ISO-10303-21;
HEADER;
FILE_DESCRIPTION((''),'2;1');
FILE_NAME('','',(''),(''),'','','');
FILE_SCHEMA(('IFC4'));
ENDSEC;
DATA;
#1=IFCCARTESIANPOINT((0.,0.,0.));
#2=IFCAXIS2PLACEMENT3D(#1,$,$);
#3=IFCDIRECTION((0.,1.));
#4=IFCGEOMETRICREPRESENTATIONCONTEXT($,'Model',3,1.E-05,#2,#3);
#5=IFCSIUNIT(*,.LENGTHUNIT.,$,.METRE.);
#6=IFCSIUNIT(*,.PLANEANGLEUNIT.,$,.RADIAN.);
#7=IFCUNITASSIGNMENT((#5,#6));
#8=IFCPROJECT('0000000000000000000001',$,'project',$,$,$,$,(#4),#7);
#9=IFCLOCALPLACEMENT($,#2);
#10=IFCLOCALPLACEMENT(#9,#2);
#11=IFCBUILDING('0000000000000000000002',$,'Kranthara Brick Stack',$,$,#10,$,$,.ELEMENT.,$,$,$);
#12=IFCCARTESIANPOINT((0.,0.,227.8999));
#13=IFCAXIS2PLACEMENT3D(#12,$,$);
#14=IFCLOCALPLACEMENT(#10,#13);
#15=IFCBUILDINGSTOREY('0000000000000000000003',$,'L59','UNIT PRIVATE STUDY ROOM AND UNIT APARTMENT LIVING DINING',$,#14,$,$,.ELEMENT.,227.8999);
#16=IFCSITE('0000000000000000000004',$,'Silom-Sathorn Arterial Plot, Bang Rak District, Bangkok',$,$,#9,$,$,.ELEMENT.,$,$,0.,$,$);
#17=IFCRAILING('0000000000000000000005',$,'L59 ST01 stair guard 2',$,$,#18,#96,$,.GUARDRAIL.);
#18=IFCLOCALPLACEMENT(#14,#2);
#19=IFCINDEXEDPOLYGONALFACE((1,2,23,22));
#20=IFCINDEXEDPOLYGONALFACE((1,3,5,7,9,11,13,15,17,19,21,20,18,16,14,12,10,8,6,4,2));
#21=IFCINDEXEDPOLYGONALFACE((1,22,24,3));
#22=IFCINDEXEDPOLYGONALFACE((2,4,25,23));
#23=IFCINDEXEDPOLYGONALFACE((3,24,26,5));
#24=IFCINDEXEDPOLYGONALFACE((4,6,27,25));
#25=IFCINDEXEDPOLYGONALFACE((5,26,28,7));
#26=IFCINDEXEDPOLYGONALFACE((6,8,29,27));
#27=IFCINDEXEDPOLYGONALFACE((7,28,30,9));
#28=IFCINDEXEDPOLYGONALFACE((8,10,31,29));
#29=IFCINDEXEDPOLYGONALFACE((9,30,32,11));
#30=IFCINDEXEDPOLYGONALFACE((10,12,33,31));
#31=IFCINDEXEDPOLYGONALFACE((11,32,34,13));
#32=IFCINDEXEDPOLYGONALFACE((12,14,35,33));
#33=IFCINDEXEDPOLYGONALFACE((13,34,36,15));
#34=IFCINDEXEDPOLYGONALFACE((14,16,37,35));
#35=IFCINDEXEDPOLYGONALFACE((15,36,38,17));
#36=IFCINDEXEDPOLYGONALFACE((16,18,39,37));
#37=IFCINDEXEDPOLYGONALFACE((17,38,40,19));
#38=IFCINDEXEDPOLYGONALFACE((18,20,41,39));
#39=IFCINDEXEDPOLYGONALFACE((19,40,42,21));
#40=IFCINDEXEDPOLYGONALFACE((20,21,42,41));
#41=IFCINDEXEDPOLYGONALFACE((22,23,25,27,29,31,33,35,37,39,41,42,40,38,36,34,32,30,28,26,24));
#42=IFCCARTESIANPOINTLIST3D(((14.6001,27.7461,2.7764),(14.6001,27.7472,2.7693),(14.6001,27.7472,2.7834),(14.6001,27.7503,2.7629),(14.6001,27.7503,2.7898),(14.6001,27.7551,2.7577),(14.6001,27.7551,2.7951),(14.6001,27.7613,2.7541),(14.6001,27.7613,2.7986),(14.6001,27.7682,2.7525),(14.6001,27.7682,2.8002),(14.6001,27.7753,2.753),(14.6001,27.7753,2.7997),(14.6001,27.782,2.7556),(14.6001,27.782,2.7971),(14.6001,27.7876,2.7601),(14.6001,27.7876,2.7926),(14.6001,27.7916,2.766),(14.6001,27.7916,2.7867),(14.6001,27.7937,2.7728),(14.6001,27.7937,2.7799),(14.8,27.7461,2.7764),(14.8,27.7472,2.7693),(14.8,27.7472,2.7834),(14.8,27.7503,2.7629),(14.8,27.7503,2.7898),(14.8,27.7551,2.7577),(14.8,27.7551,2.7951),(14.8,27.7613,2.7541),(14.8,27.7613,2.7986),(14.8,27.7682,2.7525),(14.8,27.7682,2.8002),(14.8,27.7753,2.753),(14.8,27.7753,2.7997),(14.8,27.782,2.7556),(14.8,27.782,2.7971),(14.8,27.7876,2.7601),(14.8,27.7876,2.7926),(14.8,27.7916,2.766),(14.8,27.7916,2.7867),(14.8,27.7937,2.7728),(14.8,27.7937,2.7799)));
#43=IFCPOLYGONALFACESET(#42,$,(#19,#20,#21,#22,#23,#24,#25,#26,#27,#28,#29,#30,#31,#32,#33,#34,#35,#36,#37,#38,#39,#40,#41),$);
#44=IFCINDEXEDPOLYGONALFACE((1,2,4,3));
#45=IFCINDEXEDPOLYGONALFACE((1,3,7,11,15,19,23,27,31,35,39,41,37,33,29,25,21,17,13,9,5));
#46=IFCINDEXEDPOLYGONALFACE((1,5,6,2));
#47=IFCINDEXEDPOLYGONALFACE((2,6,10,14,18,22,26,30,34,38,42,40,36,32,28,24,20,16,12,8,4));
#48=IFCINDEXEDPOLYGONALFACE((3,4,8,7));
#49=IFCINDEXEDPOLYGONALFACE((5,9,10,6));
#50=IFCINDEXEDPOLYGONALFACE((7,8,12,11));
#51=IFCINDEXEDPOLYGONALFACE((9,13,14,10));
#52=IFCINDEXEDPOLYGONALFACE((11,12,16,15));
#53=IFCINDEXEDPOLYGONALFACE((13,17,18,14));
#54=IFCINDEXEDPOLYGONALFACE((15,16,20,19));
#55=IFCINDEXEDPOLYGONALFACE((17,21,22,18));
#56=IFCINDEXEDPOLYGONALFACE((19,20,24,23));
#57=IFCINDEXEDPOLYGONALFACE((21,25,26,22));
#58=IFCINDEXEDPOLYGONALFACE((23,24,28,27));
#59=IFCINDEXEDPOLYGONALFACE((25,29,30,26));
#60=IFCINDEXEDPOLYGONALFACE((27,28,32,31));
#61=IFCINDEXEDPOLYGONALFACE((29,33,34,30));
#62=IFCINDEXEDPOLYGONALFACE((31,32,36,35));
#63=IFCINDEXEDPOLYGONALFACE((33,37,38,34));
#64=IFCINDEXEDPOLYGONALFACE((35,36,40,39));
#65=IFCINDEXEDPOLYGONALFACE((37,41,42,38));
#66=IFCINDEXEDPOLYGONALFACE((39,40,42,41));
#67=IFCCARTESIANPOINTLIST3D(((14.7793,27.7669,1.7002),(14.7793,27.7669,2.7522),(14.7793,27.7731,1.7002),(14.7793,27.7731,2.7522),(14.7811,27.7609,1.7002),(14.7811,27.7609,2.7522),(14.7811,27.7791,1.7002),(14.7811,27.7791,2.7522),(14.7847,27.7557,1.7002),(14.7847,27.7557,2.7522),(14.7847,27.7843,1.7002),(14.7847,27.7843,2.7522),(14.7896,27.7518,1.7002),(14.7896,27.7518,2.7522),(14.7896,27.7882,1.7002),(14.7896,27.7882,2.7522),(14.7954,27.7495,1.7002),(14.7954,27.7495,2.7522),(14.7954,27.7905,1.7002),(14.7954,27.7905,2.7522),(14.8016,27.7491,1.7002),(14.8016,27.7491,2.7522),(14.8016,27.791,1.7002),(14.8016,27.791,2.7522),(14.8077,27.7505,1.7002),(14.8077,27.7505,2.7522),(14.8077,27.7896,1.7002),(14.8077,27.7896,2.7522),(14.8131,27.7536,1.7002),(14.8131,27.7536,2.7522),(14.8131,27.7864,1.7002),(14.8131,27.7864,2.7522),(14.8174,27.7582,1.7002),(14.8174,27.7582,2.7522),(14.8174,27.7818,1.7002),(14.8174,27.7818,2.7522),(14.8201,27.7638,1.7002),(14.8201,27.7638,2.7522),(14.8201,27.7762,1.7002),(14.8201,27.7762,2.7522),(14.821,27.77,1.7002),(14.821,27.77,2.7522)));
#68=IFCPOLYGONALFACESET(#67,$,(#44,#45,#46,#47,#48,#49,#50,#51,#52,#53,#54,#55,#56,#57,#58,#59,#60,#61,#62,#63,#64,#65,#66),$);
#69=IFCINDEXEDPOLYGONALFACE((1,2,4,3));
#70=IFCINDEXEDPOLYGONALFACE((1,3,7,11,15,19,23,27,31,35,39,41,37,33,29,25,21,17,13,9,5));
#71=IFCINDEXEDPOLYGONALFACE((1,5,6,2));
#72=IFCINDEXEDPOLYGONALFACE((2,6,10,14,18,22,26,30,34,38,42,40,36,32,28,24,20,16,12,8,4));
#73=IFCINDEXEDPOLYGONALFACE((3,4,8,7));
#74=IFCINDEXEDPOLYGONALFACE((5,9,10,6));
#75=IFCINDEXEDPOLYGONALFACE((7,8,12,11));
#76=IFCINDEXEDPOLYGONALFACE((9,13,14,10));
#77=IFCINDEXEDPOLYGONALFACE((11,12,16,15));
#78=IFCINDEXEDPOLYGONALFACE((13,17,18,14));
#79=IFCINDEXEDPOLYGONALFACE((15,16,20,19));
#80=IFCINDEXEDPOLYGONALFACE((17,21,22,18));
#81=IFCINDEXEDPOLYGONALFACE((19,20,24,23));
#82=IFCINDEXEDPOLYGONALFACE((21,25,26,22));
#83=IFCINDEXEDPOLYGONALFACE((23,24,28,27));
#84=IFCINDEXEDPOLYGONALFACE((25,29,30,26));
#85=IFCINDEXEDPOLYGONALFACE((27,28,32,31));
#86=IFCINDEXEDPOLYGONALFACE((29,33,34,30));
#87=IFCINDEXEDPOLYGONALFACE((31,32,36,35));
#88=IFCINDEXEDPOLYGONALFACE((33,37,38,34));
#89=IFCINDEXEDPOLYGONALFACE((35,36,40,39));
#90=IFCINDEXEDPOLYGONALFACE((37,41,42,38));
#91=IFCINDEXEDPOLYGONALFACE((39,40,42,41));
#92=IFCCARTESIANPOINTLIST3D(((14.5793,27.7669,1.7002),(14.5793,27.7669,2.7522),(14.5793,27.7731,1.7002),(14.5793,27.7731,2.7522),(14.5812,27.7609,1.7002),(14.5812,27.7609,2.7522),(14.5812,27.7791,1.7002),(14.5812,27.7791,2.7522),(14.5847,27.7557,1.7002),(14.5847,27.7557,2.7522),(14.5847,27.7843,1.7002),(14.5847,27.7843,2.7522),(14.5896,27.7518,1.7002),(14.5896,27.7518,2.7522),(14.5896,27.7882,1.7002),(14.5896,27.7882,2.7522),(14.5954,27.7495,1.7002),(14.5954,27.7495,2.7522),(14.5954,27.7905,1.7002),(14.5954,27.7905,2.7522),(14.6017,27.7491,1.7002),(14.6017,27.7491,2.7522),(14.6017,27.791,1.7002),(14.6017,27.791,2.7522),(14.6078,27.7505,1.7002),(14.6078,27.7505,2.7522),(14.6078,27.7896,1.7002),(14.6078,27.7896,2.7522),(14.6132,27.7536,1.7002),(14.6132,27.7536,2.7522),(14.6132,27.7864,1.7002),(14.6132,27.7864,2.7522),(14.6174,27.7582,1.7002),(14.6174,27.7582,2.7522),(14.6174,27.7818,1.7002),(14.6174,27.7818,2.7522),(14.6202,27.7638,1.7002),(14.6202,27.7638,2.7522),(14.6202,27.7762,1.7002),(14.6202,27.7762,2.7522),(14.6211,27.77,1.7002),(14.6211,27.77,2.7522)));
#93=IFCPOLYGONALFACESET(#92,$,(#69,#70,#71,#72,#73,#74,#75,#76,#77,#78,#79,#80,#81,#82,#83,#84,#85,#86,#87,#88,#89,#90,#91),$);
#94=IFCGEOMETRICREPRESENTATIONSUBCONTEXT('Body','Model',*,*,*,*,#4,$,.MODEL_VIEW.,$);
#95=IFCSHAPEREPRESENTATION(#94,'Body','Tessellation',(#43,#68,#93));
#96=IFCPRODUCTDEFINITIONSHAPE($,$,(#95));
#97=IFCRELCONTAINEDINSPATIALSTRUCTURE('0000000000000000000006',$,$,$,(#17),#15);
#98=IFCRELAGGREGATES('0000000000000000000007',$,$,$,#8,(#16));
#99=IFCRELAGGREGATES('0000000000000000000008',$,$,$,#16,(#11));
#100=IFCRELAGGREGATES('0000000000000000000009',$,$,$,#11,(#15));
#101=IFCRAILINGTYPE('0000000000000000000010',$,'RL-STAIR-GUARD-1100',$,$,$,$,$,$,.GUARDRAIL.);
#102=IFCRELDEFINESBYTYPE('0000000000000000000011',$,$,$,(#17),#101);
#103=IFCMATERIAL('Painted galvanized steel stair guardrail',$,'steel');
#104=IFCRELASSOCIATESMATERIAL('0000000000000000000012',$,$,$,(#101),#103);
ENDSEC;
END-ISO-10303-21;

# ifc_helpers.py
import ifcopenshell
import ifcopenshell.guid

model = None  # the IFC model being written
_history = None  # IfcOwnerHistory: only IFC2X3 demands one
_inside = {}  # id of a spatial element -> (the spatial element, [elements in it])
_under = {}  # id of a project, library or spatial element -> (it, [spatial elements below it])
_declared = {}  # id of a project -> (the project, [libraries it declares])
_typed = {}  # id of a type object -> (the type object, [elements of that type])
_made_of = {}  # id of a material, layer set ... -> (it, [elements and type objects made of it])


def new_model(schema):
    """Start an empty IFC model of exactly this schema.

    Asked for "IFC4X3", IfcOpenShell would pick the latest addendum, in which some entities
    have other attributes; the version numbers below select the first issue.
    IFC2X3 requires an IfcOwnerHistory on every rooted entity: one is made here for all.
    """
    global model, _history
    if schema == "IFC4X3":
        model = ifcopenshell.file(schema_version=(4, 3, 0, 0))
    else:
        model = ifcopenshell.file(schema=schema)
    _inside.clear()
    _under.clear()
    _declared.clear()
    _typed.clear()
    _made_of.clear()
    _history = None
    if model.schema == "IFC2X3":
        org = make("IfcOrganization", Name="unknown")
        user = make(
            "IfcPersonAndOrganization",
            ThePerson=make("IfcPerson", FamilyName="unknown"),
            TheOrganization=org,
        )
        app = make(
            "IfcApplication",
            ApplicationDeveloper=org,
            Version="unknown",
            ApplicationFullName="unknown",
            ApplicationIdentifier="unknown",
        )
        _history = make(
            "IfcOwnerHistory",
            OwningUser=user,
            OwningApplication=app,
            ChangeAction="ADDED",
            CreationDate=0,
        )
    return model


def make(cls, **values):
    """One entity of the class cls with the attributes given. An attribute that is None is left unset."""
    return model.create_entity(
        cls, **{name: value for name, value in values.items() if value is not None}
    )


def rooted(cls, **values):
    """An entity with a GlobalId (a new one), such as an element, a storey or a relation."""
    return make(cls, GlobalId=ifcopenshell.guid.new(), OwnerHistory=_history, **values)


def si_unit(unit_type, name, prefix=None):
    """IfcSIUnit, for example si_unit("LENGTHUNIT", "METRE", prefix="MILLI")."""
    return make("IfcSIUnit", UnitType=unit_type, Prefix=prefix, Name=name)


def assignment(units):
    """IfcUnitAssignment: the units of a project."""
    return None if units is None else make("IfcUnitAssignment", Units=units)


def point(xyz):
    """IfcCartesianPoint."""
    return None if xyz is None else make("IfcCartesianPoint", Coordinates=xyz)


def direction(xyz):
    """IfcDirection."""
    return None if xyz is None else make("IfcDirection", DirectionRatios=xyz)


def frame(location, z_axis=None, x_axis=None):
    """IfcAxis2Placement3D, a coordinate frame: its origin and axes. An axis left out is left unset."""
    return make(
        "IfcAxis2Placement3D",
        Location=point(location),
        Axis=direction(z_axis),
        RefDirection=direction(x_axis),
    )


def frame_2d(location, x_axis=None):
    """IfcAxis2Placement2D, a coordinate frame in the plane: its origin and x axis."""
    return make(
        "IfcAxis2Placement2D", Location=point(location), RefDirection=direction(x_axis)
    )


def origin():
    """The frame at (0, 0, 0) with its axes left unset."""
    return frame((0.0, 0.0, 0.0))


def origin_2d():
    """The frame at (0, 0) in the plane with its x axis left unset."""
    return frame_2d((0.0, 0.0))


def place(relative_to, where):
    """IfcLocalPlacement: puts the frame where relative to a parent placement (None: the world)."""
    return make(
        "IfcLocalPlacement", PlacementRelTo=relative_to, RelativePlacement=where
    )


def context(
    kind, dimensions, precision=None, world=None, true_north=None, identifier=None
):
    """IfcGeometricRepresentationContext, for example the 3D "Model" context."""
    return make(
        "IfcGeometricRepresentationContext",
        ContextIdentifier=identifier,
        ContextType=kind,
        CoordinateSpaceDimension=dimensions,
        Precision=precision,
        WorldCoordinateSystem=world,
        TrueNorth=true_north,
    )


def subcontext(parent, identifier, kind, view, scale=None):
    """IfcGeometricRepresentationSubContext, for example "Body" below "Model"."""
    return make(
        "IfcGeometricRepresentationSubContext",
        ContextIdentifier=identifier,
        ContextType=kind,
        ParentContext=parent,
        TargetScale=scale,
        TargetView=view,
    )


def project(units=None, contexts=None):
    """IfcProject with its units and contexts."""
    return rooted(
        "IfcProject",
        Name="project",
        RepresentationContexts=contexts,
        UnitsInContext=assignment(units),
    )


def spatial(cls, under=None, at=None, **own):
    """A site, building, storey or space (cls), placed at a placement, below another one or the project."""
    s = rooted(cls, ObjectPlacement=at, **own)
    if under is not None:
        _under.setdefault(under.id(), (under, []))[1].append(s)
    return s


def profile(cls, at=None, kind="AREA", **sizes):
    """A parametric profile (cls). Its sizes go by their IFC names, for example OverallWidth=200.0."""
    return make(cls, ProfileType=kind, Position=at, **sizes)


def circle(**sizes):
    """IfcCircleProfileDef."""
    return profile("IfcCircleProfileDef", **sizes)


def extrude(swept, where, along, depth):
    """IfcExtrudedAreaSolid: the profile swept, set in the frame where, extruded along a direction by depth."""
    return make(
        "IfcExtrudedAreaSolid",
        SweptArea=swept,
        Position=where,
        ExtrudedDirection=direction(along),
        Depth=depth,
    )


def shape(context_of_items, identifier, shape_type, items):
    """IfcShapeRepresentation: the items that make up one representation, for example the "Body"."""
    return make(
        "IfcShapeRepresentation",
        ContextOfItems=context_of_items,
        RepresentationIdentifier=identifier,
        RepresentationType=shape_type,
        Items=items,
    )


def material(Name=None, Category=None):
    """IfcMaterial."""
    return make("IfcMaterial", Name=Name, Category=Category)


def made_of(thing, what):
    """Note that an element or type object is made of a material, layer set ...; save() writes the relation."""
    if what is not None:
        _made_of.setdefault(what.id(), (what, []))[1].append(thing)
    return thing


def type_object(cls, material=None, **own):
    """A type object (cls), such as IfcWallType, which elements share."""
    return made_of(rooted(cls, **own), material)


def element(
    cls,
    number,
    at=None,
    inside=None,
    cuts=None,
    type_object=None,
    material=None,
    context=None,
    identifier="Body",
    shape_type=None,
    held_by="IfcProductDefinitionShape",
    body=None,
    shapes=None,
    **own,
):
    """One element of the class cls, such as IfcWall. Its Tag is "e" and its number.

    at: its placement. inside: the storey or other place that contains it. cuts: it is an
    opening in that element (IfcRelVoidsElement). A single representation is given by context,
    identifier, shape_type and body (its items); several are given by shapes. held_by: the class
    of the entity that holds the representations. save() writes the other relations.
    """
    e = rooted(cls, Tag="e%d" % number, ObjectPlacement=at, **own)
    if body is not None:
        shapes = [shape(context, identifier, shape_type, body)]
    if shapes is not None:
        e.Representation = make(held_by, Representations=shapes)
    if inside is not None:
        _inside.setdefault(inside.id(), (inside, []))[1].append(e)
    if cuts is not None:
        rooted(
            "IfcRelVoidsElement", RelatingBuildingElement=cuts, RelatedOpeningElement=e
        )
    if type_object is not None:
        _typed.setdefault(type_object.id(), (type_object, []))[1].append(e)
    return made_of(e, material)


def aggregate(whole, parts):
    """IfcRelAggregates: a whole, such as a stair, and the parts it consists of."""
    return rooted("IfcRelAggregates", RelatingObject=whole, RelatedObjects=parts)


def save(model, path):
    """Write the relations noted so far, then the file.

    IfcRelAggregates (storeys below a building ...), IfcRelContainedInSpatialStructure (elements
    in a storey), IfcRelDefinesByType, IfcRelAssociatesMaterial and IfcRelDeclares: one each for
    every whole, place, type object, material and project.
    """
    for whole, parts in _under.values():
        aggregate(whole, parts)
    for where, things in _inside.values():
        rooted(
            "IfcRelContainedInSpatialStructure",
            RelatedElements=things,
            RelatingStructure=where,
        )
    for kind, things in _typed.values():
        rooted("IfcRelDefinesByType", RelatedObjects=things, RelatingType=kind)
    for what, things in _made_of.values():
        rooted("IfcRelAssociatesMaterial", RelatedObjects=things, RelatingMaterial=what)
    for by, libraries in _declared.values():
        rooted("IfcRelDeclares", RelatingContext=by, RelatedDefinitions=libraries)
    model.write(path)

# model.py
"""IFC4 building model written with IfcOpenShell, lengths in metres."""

from ifc_helpers import new_model, si_unit, direction, frame, origin, origin_2d, place, context, subcontext, project, spatial, circle, extrude, material, type_object, element, save


model = new_model("IFC4")

# Units and contexts
model_context = context("Model", 3, precision=1e-05, world=origin(), true_north=direction((0.0, 1.0)))
body_context = subcontext(model_context, "Body", "Model", "MODEL_VIEW")
ifc_project = project(units=[si_unit("LENGTHUNIT", "METRE"), si_unit("PLANEANGLEUNIT", "RADIAN")], contexts=[model_context])

# Site, building, storey
site_placement = place(None, origin())
site = spatial("IfcSite", under=ifc_project, at=site_placement, Name="Silom-Sathorn Arterial Plot, Bang Rak District, Bangkok", CompositionType="ELEMENT", RefElevation=0.0)
building_placement = place(site_placement, origin())
building = spatial("IfcBuilding", under=site, at=building_placement, Name="Kranthara Brick Stack", CompositionType="ELEMENT")
storey_placement = place(building_placement, frame((0.0, 0.0, 227.8999)))
storey = spatial("IfcBuildingStorey", under=building, at=storey_placement, Name="L59", Description="UNIT PRIVATE STUDY ROOM AND UNIT APARTMENT LIVING DINING", CompositionType="ELEMENT", Elevation=227.8999)

# Railing
ifc_material_1 = material(Name="Painted galvanized steel stair guardrail", Category="steel")
railing_type_1 = type_object("IfcRailingType", Name="RL-STAIR-GUARD-1100", PredefinedType="GUARDRAIL", material=ifc_material_1)
railing_1_placement = place(storey_placement, frame((14.8, 27.77, 1.7002)))
element("IfcRailing", 1, at=railing_1_placement, inside=storey, type_object=railing_type_1, Name="L59 ST01 stair guard 2", PredefinedType="GUARDRAIL", context=body_context, shape_type="SweptSolid", body=[
    extrude(circle(Radius=0.0239, at=origin_2d()), frame((0.0, 0.0, 1.0762), z_axis=(-1.0, 0.0, 0.0), x_axis=(0.0, -1.0, 0.0)), (0.0, 0.0, 1.0), 0.2),
    extrude(circle(Radius=0.021, at=origin_2d()), origin(), (0.0, 0.0, 1.0), 1.052),
    extrude(circle(Radius=0.021, at=origin_2d()), frame((-0.2, 0.0, 0.0)), (0.0, 0.0, 1.0), 1.052),
])

save(model, "model.ifc")
